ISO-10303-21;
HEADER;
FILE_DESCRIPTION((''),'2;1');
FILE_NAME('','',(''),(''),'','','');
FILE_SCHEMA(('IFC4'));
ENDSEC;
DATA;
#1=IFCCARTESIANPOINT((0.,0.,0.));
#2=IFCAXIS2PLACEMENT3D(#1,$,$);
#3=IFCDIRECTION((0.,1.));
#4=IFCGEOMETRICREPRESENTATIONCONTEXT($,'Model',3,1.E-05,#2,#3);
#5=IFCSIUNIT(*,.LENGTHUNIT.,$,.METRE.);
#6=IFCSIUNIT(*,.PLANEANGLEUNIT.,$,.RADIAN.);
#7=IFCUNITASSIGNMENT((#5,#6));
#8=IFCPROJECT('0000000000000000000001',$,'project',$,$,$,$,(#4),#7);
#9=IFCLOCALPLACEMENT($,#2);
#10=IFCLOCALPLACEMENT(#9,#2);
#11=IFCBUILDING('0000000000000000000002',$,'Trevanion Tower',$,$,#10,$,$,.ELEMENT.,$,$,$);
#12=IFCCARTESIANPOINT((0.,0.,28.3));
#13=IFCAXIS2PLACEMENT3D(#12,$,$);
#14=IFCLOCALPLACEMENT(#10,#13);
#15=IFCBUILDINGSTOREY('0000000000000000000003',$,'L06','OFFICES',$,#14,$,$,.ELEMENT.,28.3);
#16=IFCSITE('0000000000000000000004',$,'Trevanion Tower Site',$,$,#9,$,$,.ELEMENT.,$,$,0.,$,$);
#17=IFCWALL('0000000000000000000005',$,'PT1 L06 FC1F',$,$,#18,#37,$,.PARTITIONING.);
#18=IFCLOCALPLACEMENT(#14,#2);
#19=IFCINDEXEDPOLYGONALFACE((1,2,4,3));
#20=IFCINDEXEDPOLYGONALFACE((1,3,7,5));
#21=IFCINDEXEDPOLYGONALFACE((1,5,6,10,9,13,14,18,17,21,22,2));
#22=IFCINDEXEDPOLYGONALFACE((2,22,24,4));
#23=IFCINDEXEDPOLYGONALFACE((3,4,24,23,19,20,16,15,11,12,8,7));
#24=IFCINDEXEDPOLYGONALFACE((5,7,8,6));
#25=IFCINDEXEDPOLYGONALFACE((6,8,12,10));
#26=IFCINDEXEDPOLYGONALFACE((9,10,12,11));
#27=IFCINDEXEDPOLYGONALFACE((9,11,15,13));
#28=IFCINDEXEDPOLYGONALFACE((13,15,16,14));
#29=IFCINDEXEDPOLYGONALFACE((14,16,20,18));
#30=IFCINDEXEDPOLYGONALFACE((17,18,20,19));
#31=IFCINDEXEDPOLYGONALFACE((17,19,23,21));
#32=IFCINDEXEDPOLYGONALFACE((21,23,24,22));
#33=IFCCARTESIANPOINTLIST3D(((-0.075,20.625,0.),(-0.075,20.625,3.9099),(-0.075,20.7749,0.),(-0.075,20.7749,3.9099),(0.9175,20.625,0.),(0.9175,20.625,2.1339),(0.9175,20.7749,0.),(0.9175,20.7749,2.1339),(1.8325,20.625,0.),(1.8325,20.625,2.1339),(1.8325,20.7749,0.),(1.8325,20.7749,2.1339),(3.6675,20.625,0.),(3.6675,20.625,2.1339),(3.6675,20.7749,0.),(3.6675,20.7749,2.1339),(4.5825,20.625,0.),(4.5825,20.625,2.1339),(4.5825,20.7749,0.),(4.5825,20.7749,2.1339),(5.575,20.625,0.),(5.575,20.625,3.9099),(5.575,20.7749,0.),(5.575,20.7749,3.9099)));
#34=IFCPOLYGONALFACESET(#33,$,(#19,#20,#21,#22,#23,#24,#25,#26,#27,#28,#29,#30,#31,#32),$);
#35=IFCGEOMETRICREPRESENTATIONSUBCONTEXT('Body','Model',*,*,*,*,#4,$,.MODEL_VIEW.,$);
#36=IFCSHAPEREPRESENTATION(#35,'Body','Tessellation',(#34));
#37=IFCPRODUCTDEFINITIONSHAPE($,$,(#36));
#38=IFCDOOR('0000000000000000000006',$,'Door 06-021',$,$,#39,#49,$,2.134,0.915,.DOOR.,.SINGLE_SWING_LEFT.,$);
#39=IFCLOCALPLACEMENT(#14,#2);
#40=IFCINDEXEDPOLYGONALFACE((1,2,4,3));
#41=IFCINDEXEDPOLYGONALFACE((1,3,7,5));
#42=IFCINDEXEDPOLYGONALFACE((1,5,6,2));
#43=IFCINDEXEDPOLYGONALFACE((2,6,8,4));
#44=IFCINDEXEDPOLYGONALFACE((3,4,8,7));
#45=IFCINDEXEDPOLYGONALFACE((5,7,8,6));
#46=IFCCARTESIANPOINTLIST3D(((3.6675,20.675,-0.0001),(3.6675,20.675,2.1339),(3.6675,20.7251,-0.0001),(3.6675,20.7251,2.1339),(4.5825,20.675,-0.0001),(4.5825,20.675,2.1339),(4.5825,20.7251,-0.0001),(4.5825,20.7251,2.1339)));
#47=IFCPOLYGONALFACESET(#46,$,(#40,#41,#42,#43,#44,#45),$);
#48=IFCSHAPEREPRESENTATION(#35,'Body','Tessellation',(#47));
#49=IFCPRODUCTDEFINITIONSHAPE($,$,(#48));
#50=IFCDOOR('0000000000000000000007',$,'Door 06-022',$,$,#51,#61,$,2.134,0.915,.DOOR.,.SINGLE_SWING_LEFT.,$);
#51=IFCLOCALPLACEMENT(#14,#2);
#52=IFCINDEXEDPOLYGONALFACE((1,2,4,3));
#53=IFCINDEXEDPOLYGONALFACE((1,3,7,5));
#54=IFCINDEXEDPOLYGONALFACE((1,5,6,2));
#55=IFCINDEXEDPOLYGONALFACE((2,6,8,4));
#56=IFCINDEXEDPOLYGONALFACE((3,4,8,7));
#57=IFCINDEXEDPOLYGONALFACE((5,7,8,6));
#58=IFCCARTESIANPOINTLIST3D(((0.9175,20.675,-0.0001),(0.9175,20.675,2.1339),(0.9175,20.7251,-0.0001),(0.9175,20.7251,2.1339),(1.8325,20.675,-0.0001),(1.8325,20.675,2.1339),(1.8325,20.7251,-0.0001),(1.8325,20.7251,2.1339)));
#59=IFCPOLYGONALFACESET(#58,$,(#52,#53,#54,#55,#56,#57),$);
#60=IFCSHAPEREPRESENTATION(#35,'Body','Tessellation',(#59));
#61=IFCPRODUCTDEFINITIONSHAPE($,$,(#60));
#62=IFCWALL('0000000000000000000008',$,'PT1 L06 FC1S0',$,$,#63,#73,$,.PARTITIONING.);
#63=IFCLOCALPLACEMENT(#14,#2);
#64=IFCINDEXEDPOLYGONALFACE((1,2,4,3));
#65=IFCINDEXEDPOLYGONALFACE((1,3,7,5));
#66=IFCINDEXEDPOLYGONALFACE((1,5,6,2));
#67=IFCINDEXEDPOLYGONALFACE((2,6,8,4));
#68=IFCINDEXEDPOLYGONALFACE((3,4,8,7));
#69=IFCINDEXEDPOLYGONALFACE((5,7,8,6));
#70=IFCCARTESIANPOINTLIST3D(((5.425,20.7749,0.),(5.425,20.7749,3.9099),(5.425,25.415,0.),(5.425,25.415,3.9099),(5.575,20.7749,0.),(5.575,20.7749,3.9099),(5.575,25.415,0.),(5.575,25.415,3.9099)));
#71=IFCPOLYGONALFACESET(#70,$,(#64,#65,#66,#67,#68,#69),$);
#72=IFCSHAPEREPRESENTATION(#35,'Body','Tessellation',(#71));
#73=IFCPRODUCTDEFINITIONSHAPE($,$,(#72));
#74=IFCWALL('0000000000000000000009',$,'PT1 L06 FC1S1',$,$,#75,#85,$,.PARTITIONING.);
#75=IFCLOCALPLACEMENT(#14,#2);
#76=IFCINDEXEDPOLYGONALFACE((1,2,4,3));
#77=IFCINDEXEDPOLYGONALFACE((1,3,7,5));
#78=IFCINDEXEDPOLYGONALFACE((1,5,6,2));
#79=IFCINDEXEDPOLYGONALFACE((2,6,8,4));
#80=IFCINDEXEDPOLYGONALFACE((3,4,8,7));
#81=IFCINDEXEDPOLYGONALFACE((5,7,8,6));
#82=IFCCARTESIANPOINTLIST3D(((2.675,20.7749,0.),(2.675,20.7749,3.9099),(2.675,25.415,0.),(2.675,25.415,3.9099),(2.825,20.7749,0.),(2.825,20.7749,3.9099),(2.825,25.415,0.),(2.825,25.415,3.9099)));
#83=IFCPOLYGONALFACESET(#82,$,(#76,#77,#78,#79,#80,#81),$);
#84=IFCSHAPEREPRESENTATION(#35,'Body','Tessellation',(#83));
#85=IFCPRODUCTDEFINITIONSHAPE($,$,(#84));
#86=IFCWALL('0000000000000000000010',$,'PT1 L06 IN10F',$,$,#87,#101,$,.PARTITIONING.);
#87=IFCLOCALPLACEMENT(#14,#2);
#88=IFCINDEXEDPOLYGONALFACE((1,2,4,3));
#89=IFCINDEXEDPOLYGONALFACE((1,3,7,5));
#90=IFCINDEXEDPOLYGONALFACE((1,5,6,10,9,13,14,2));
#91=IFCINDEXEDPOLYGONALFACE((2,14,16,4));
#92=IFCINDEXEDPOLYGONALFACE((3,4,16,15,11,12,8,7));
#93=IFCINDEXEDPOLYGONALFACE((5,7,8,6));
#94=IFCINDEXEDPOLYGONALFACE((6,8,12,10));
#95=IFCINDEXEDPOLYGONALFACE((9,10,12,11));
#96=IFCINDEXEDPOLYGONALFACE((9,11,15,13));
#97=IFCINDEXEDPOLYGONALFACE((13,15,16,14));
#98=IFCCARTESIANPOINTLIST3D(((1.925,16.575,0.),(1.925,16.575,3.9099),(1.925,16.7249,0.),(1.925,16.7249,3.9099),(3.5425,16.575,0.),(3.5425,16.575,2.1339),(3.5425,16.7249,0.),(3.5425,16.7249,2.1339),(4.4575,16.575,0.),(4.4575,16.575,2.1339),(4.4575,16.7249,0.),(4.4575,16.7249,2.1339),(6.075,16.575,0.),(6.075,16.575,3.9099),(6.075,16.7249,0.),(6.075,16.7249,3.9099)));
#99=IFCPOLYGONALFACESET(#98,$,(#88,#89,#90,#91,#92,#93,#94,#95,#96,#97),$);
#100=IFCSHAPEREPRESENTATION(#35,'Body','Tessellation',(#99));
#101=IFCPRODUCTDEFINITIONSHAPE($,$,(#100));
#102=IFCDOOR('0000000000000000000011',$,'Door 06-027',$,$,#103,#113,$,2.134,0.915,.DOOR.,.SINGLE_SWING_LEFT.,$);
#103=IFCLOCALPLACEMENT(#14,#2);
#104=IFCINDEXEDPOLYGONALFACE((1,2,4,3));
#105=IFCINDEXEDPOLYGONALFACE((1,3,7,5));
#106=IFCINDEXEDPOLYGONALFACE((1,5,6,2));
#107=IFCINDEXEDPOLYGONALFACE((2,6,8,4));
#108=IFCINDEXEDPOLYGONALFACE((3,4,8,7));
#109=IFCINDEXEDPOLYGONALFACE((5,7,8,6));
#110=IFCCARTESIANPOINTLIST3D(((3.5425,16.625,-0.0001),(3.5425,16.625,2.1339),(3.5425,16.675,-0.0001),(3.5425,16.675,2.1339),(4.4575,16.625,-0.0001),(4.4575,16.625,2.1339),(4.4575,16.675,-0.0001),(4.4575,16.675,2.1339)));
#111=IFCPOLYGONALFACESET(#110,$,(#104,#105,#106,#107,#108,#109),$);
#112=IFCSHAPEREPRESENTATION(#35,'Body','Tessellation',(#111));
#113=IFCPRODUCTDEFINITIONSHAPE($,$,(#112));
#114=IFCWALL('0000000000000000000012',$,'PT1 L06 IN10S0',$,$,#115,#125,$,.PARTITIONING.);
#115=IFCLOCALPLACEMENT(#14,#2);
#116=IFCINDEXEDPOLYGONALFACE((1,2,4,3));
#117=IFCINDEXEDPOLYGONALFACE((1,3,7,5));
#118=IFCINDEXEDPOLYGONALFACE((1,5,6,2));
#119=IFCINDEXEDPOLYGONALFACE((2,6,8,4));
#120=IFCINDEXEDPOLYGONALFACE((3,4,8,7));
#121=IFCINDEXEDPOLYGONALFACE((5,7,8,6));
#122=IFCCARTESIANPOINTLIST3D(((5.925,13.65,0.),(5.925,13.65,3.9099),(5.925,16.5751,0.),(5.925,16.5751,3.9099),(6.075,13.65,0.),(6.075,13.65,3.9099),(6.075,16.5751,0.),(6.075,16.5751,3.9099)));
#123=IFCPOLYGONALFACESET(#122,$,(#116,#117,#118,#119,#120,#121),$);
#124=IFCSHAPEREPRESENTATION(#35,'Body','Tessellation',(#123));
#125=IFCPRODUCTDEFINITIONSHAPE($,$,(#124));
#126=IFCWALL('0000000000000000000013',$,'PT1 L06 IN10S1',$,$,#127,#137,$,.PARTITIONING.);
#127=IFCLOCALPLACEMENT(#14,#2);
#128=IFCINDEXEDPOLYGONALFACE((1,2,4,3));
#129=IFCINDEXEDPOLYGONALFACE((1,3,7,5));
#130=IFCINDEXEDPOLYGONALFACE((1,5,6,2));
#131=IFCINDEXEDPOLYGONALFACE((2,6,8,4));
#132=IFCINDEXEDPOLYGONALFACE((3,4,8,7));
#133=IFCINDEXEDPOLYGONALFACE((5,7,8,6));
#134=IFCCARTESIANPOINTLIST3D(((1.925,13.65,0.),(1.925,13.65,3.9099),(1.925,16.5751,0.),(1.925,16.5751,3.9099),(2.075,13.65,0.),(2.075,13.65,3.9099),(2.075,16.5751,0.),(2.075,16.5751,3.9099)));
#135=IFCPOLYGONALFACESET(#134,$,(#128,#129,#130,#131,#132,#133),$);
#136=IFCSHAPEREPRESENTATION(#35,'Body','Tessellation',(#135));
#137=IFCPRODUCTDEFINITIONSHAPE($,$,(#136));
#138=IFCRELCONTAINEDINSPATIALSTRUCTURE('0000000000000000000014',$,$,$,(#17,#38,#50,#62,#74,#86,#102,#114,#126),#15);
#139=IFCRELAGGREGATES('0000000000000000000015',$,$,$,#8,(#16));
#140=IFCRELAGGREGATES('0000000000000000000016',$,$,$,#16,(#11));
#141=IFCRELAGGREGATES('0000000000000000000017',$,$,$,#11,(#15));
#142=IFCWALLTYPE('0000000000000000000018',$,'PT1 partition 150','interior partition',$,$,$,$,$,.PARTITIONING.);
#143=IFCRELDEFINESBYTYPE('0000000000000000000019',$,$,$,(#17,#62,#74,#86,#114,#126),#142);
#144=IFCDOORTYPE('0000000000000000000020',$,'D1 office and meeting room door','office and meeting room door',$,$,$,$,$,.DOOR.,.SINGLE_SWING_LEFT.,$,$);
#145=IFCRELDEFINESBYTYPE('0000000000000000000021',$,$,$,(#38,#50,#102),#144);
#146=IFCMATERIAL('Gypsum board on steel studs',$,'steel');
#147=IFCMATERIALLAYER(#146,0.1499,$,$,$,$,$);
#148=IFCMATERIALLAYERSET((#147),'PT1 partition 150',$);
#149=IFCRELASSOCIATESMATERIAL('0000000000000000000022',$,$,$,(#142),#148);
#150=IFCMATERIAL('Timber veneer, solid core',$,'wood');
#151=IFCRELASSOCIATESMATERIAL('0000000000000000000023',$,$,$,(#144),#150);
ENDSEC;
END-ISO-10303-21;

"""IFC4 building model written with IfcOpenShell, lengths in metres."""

from ifc_helpers import new_model, si_unit, direction, frame, frame_2d, origin, place, context, subcontext, project, spatial, rectangle, extrude, material, layer, layer_set, type_object, element, fill, save


model = new_model("IFC4")

# Units and contexts
model_context = context("Model", 3, precision=1e-05, world=origin(), true_north=direction((0.0, 1.0)))
body_context = subcontext(model_context, "Body", "Model", "MODEL_VIEW")
ifc_project = project(units=[si_unit("LENGTHUNIT", "METRE"), si_unit("PLANEANGLEUNIT", "RADIAN")], contexts=[model_context])

# Site, building, storey
site_placement = place(None, origin())
site = spatial("IfcSite", under=ifc_project, at=site_placement, Name="Trevanion Tower Site", CompositionType="ELEMENT", RefElevation=0.0)
building_placement = place(site_placement, origin())
building = spatial("IfcBuilding", under=site, at=building_placement, Name="Trevanion Tower", CompositionType="ELEMENT")
storey_placement = place(building_placement, frame((0.0, 0.0, 28.3)))
storey = spatial("IfcBuildingStorey", under=building, at=storey_placement, Name="L06", Description="OFFICES", CompositionType="ELEMENT", Elevation=28.3)

# Wall, openings, doors
ifc_material_1 = material(Name="Gypsum board on steel studs", Category="steel")
ifc_layer_1 = layer(ifc_material_1, 0.1499)
ifc_layer_set_1 = layer_set([ifc_layer_1], Name="PT1 partition 150")
wall_type = type_object("IfcWallType", Name="PT1 partition 150", Description="interior partition", PredefinedType="PARTITIONING", material=ifc_layer_set_1)
wall_1_placement = place(storey_placement, frame((5.575, 20.7, 0.0), z_axis=(0.0, 0.0, 1.0), x_axis=(-1.0, 0.0, 0.0)))
wall_1 = element("IfcWall", 1, at=wall_1_placement, inside=storey, type_object=wall_type, Name="PT1 L06 FC1F", PredefinedType="PARTITIONING", context=body_context, shape_type="SweptSolid", body=[
    extrude(rectangle(XDim=5.6499, YDim=0.1499, at=frame_2d((2.825, 0.0))), origin(), (0.0, 0.0, 1.0), 3.9099),
])
opening_1_placement = place(wall_1_placement, frame((0.9924, 0.0, 0.0)))
opening_1 = element("IfcOpeningElement", 2, at=opening_1_placement, cuts=wall_1, PredefinedType="OPENING", context=body_context, shape_type="SweptSolid", body=[
    extrude(rectangle(XDim=0.915, YDim=2.134, at=frame_2d((0.4575, 1.0669))), frame((0.0, 0.085, 0.0), z_axis=(0.0, -1.0, 0.0), x_axis=(1.0, 0.0, 0.0)), (0.0, 0.0, 1.0), 0.1699),
])
opening_2_placement = place(wall_1_placement, frame((3.7424, 0.0, 0.0)))
opening_2 = element("IfcOpeningElement", 3, at=opening_2_placement, cuts=wall_1, PredefinedType="OPENING", context=body_context, shape_type="SweptSolid", body=[
    extrude(rectangle(XDim=0.915, YDim=2.134, at=frame_2d((0.4575, 1.0669))), frame((0.0, 0.085, 0.0), z_axis=(0.0, -1.0, 0.0), x_axis=(1.0, 0.0, 0.0)), (0.0, 0.0, 1.0), 0.1699),
])
ifc_material_2 = material(Name="Timber veneer, solid core", Category="wood")
door_type = type_object("IfcDoorType", Name="D1 office and meeting room door", Description="office and meeting room door", OperationType="SINGLE_SWING_LEFT", PredefinedType="DOOR", material=ifc_material_2)
door_1_placement = place(opening_1_placement, origin())
door_1 = element("IfcDoor", 4, at=door_1_placement, inside=storey, type_object=door_type, Name="Door 06-021", OperationType="SINGLE_SWING_LEFT", OverallHeight=2.134, OverallWidth=0.915, PredefinedType="DOOR", context=body_context, shape_type="SweptSolid", body=[
    extrude(rectangle(XDim=0.915, YDim=2.134, at=frame_2d((0.4575, 1.0669))), frame((0.0, 0.0249, 0.0), z_axis=(0.0, -1.0, 0.0), x_axis=(1.0, 0.0, 0.0)), (0.0, 0.0, 1.0), 0.05),
])
fill(opening_1, door_1)
door_2_placement = place(opening_2_placement, origin())
door_2 = element("IfcDoor", 5, at=door_2_placement, inside=storey, type_object=door_type, Name="Door 06-022", OperationType="SINGLE_SWING_LEFT", OverallHeight=2.134, OverallWidth=0.915, PredefinedType="DOOR", context=body_context, shape_type="SweptSolid", body=[
    extrude(rectangle(XDim=0.915, YDim=2.134, at=frame_2d((0.4575, 1.0669))), frame((0.0, 0.0249, 0.0), z_axis=(0.0, -1.0, 0.0), x_axis=(1.0, 0.0, 0.0)), (0.0, 0.0, 1.0), 0.05),
])
fill(opening_2, door_2)

# Walls
for number, where, z_axis, x_axis, name in (
    (6, (5.5, 20.7749, 0.0), (0.0, 0.0, 1.0), (0.0, 1.0, 0.0), "PT1 L06 FC1S0"),
    (7, (2.75, 20.7749, 0.0), (0.0, 0.0, 1.0), (0.0, 1.0, 0.0), "PT1 L06 FC1S1"),
):
    element("IfcWall", number, at=place(storey_placement, frame(where, z_axis=z_axis, x_axis=x_axis)), inside=storey, type_object=wall_type, Name=name, PredefinedType="PARTITIONING", context=body_context, shape_type="SweptSolid", body=[
        extrude(rectangle(XDim=4.6401, YDim=0.1499, at=frame_2d((2.3201, 0.0))), origin(), (0.0, 0.0, 1.0), 3.9099),
    ])

# Wall, opening, door
wall_2_placement = place(storey_placement, frame((6.075, 16.6499, 0.0), z_axis=(0.0, 0.0, 1.0), x_axis=(-1.0, 0.0, 0.0)))
wall_2 = element("IfcWall", 8, at=wall_2_placement, inside=storey, type_object=wall_type, Name="PT1 L06 IN10F", PredefinedType="PARTITIONING", context=body_context, shape_type="SweptSolid", body=[
    extrude(rectangle(XDim=4.1499, YDim=0.1499, at=frame_2d((2.075, 0.0))), origin(), (0.0, 0.0, 1.0), 3.9099),
])
opening_3_placement = place(wall_2_placement, frame((1.6174, 0.0, 0.0)))
opening_3 = element("IfcOpeningElement", 9, at=opening_3_placement, cuts=wall_2, PredefinedType="OPENING", context=body_context, shape_type="SweptSolid", body=[
    extrude(rectangle(XDim=0.915, YDim=2.134, at=frame_2d((0.4575, 1.0669))), frame((0.0, 0.085, 0.0), z_axis=(0.0, -1.0, 0.0), x_axis=(1.0, 0.0, 0.0)), (0.0, 0.0, 1.0), 0.1699),
])
door_3_placement = place(opening_3_placement, origin())
door_3 = element("IfcDoor", 10, at=door_3_placement, inside=storey, type_object=door_type, Name="Door 06-027", OperationType="SINGLE_SWING_LEFT", OverallHeight=2.134, OverallWidth=0.915, PredefinedType="DOOR", context=body_context, shape_type="SweptSolid", body=[
    extrude(rectangle(XDim=0.915, YDim=2.134, at=frame_2d((0.4575, 1.0669))), frame((0.0, 0.0249, 0.0), z_axis=(0.0, -1.0, 0.0), x_axis=(1.0, 0.0, 0.0)), (0.0, 0.0, 1.0), 0.05),
])
fill(opening_3, door_3)

# Walls
for number, where, z_axis, x_axis, name in (
    (11, (6.0, 16.575, 0.0), (0.0, 0.0, 1.0), (0.0, -1.0, 0.0), "PT1 L06 IN10S0"),
    (12, (2.0, 16.575, 0.0), (0.0, 0.0, 1.0), (0.0, -1.0, 0.0), "PT1 L06 IN10S1"),
):
    element("IfcWall", number, at=place(storey_placement, frame(where, z_axis=z_axis, x_axis=x_axis)), inside=storey, type_object=wall_type, Name=name, PredefinedType="PARTITIONING", context=body_context, shape_type="SweptSolid", body=[
        extrude(rectangle(XDim=2.925, YDim=0.1499, at=frame_2d((1.4624, 0.0))), origin(), (0.0, 0.0, 1.0), 3.9099),
    ])

save(model, "model.ifc")
